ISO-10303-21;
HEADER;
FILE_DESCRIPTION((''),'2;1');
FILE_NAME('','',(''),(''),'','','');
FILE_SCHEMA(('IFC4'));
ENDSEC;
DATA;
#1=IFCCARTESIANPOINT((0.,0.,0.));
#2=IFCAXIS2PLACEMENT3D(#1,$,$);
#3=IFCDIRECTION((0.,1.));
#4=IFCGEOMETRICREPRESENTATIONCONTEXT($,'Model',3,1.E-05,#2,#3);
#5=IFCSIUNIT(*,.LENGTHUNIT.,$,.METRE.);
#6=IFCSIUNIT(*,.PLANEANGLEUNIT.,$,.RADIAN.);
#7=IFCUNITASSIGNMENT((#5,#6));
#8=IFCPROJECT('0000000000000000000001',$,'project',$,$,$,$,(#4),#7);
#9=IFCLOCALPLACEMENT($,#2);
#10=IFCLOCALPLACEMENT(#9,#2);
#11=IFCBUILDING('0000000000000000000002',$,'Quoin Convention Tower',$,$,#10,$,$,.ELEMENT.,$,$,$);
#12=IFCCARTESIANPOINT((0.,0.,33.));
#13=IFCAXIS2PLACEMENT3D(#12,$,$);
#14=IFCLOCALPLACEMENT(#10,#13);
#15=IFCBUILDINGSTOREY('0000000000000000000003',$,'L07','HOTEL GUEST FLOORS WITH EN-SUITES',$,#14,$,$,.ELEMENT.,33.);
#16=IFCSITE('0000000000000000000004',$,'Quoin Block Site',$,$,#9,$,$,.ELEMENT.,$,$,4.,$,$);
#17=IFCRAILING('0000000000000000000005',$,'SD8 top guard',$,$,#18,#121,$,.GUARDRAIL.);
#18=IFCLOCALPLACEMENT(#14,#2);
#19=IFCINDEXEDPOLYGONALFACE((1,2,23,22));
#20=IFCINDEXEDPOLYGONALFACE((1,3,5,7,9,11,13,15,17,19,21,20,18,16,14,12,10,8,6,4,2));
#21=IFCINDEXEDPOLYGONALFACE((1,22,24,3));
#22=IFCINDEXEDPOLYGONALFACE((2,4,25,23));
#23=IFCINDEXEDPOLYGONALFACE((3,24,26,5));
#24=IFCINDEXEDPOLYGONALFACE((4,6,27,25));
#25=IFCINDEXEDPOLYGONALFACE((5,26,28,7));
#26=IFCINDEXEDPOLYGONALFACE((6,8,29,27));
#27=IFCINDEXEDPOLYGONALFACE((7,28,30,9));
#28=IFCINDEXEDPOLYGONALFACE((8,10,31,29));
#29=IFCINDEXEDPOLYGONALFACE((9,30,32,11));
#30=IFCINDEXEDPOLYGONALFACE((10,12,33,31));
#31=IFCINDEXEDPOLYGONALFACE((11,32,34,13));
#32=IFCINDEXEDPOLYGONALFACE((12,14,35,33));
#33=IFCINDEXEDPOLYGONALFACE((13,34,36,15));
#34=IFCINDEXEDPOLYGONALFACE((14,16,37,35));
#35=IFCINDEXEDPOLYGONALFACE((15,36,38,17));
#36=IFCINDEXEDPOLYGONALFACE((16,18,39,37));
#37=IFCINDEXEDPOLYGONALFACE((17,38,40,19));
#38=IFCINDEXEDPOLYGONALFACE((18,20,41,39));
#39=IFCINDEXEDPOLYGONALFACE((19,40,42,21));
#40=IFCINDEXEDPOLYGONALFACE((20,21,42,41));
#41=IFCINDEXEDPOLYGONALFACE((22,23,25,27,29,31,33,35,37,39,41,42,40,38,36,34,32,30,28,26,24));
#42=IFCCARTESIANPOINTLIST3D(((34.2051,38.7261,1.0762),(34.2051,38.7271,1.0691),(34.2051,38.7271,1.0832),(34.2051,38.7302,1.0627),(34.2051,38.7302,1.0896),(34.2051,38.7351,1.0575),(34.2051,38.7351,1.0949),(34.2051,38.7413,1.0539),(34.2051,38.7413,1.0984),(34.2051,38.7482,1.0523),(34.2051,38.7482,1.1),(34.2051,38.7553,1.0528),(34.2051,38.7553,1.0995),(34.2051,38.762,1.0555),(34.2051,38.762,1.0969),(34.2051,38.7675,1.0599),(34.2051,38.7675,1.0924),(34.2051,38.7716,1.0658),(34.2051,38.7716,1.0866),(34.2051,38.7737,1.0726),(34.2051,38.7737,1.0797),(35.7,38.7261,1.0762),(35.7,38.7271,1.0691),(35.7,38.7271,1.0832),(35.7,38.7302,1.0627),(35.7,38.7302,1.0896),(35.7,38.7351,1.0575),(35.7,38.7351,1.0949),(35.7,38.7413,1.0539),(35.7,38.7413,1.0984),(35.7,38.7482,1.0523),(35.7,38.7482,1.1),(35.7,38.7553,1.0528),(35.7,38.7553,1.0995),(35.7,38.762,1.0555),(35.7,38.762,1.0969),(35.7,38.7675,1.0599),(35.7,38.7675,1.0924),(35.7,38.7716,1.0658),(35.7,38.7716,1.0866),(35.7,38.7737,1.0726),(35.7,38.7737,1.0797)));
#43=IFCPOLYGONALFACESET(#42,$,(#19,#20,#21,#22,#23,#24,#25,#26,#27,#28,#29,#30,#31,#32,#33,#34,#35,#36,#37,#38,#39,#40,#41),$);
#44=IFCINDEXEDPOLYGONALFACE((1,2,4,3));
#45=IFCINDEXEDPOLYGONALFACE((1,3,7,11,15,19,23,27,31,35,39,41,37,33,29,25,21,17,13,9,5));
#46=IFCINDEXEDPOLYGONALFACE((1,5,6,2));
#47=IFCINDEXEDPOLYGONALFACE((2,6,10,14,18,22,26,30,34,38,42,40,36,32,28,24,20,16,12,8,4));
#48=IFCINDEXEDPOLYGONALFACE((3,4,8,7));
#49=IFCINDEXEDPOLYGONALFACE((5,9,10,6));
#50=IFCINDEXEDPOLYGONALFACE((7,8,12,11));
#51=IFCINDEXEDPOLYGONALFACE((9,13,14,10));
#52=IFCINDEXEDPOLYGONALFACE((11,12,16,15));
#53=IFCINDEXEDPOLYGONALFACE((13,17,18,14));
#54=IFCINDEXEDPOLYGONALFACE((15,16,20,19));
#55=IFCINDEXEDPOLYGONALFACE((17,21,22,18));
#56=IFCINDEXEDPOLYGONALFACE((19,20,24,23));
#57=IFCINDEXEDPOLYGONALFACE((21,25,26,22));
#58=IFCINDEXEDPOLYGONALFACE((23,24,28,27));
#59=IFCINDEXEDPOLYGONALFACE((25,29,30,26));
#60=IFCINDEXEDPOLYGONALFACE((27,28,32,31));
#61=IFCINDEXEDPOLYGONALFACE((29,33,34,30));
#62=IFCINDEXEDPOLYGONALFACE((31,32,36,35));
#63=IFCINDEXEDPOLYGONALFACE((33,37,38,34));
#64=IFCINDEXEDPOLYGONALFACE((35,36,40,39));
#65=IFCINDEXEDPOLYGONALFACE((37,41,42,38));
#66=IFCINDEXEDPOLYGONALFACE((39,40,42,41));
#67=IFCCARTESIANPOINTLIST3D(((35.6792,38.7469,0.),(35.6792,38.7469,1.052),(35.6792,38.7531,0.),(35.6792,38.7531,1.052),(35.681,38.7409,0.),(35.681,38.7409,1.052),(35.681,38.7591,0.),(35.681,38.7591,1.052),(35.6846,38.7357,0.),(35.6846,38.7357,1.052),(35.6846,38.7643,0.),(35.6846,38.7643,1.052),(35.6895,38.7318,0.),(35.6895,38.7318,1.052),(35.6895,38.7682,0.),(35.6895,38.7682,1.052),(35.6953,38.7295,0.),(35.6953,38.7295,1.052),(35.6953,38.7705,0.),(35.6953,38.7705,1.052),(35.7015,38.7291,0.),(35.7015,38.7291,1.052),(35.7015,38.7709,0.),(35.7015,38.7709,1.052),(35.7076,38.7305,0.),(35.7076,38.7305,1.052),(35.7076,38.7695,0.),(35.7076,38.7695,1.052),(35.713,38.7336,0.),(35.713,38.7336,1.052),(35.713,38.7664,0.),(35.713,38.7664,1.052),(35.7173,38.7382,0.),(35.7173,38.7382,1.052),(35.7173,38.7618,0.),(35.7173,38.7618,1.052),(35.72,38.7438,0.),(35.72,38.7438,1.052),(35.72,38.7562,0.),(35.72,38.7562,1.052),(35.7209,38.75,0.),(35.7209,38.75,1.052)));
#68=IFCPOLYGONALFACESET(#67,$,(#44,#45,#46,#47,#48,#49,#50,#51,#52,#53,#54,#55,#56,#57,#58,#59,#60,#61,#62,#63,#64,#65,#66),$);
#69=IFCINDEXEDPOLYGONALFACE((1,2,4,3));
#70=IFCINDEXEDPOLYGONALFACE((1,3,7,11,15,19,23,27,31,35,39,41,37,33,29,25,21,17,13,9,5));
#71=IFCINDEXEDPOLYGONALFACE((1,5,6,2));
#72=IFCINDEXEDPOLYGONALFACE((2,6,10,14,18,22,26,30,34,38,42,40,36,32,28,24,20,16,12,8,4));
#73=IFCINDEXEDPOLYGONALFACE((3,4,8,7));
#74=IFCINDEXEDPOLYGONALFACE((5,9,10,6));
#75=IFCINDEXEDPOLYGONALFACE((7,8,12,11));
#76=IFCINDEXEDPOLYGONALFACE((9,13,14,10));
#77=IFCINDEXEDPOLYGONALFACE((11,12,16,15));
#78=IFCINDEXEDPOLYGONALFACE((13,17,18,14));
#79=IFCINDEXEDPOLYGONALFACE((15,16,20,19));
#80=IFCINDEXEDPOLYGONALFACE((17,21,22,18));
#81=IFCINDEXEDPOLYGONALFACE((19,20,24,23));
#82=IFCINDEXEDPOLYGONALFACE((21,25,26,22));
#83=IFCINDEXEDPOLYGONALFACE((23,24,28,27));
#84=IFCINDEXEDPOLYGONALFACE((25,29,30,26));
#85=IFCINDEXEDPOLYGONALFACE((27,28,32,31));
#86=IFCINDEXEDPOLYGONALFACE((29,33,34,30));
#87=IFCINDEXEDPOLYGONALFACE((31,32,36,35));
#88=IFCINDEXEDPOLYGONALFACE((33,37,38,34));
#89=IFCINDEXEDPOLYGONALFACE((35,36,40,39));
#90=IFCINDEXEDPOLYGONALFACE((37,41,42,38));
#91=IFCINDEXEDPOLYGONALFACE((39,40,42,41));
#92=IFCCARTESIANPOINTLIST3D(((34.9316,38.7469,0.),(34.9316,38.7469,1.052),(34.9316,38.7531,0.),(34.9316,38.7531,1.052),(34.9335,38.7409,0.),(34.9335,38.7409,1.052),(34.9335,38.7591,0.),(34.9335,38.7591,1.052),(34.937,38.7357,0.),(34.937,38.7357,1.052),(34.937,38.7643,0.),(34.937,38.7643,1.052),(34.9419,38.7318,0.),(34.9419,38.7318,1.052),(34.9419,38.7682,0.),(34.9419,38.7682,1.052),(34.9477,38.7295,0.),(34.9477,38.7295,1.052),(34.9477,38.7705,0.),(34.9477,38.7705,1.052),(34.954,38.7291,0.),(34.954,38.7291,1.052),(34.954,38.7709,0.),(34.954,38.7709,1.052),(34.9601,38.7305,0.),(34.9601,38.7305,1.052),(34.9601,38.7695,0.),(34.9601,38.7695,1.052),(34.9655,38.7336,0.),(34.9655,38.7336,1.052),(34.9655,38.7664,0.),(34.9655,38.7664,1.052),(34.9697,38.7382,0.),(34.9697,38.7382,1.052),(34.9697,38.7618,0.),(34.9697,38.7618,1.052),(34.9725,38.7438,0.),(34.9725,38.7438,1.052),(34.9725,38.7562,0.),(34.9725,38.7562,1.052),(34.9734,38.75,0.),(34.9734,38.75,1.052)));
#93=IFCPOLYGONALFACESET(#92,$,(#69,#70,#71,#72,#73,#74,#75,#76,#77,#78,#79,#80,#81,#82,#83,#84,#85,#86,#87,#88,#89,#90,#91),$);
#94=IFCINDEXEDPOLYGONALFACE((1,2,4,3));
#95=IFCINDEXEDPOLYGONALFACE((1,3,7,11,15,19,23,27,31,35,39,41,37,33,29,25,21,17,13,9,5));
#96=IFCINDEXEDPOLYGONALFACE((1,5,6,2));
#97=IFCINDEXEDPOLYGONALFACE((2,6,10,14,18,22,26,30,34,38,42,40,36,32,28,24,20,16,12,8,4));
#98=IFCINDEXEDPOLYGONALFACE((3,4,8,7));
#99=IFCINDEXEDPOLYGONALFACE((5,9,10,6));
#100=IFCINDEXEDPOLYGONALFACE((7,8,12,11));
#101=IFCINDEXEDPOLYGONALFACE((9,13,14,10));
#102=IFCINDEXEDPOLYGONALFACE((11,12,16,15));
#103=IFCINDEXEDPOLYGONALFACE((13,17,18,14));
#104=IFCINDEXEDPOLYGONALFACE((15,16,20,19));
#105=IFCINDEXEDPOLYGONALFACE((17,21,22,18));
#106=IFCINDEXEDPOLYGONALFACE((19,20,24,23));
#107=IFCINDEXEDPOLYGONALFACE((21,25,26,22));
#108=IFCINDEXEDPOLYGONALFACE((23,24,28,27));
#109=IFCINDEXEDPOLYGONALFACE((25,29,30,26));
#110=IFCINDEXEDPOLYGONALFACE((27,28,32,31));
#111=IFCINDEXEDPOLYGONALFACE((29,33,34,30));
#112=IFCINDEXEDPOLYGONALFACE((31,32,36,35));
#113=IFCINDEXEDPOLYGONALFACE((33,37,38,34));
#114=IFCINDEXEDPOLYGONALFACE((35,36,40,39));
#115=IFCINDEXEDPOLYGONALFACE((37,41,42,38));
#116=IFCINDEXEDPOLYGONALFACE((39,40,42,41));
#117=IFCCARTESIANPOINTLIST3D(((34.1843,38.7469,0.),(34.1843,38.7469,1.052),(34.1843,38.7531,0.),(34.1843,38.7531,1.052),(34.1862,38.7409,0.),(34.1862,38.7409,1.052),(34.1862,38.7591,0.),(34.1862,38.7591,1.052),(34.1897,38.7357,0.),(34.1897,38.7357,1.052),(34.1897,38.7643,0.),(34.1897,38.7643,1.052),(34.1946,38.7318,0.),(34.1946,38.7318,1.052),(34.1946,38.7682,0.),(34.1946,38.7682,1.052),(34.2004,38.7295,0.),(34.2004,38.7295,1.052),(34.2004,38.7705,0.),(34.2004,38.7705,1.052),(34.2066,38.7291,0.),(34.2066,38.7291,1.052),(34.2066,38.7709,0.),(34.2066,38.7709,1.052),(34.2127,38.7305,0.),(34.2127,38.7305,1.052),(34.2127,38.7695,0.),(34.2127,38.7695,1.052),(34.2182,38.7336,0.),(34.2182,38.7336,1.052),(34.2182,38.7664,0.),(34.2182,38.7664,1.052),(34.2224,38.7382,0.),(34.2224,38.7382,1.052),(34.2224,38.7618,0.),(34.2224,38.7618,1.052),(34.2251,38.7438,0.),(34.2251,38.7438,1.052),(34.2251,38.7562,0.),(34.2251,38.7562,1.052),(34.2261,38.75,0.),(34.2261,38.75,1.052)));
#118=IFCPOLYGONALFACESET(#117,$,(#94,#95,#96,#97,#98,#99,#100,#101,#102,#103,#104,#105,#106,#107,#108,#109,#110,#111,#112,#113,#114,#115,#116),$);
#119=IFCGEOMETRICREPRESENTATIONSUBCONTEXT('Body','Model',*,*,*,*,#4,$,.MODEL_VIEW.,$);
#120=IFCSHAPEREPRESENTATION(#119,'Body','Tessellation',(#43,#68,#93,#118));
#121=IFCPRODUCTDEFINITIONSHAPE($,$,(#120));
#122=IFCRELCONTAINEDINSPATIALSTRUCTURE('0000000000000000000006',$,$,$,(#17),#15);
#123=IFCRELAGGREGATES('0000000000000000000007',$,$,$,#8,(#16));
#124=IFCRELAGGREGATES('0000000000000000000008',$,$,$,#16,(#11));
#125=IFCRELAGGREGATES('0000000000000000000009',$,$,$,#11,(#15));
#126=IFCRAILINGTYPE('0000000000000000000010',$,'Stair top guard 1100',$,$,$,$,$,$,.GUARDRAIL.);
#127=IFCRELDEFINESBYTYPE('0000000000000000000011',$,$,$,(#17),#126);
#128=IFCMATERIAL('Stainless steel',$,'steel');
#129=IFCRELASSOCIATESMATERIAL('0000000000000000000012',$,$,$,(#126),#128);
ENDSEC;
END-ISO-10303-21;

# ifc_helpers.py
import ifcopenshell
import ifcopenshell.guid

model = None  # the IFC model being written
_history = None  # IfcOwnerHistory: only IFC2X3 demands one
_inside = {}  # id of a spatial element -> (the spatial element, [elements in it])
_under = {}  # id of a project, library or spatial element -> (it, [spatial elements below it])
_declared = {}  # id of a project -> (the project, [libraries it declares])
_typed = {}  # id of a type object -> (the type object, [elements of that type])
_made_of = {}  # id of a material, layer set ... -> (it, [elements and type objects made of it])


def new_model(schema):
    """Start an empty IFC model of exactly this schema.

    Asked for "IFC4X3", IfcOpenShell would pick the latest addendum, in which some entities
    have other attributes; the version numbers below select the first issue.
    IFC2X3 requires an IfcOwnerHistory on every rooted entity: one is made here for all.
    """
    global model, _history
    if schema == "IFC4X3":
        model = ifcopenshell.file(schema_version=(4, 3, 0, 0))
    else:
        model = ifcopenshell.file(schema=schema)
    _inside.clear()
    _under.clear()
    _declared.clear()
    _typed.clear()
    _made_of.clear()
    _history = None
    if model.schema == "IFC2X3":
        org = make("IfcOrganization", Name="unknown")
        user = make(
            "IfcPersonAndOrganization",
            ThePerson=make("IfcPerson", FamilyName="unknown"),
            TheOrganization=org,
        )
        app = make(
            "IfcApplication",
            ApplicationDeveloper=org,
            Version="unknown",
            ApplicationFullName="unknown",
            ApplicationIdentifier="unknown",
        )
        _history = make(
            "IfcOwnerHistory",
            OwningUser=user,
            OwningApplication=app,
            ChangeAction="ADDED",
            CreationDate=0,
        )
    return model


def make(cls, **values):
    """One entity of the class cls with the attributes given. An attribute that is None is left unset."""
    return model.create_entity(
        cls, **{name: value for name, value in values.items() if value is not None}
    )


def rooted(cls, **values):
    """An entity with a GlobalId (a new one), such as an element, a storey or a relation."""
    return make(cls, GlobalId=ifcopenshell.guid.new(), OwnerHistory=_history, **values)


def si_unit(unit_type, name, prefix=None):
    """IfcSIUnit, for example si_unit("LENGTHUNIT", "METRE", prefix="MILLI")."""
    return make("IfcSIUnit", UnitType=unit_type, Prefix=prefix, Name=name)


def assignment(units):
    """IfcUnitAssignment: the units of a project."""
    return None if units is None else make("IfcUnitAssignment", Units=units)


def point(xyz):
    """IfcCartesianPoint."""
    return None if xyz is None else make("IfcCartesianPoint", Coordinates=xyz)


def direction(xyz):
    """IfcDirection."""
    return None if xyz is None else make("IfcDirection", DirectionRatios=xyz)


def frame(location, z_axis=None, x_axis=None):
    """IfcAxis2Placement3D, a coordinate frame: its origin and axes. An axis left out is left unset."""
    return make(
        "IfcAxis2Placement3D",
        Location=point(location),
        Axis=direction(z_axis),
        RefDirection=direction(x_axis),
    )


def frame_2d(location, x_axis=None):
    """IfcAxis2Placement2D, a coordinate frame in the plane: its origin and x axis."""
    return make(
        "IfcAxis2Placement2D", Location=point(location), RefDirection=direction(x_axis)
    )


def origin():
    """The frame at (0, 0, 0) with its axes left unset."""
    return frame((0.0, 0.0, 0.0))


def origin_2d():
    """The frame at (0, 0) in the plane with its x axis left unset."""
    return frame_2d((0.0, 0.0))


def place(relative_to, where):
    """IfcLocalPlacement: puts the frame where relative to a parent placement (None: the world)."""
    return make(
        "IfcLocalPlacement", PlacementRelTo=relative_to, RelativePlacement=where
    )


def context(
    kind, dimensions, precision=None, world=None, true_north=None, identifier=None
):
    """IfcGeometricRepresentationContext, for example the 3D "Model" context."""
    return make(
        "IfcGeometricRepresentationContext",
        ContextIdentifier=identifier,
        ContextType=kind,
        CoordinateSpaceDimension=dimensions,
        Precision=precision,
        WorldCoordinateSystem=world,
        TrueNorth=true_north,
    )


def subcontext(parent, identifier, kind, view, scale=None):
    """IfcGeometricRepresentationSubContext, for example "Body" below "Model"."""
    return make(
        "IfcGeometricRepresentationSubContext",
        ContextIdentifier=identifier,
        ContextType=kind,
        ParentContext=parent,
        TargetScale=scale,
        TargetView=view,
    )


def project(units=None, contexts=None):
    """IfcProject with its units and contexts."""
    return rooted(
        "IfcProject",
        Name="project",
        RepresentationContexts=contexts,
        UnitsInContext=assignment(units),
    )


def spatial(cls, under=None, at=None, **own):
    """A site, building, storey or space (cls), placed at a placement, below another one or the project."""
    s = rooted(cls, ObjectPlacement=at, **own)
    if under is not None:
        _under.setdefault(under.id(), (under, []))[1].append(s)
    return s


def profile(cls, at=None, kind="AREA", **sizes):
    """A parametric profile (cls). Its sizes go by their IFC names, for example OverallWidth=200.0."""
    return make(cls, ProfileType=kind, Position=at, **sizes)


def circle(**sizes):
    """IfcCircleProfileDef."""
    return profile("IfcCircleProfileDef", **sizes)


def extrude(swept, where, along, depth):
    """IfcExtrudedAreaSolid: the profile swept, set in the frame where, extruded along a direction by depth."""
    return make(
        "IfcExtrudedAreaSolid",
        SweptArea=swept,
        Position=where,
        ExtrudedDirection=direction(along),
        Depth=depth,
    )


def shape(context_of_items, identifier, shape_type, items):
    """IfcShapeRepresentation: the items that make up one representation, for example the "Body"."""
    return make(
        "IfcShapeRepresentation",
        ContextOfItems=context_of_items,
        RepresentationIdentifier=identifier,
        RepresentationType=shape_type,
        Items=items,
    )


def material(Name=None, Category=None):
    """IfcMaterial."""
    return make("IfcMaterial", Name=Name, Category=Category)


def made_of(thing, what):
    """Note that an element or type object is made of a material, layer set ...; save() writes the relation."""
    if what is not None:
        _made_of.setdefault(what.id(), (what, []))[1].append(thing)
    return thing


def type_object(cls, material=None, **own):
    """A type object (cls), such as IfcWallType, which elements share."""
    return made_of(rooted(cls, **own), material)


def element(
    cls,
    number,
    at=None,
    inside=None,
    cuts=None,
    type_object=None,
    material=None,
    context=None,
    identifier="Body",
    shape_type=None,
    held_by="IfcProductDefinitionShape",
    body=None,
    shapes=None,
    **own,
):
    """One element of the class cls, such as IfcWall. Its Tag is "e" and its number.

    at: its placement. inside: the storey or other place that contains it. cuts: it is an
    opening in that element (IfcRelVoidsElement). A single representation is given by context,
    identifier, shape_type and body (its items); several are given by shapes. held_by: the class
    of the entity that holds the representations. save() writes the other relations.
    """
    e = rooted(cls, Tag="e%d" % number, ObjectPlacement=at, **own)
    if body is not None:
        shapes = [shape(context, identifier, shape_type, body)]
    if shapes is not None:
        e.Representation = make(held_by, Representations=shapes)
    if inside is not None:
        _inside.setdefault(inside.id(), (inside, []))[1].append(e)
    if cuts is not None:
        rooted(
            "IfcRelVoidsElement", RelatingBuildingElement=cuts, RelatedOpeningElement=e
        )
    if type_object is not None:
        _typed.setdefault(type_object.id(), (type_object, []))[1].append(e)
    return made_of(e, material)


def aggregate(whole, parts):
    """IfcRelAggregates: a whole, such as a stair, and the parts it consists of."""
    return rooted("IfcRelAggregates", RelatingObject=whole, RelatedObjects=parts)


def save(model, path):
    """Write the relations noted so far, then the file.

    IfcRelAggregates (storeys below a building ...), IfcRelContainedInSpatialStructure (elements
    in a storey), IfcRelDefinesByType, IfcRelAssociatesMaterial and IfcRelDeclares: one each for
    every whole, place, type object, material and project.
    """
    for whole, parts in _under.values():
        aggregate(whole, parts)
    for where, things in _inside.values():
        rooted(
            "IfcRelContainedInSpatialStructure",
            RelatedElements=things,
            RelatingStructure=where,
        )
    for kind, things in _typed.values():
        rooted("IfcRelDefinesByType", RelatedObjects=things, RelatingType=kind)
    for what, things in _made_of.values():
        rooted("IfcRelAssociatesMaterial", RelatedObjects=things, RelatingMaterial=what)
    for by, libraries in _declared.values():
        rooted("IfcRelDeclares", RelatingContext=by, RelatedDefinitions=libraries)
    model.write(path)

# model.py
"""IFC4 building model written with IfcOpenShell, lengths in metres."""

from ifc_helpers import new_model, si_unit, direction, frame, origin, origin_2d, place, context, subcontext, project, spatial, circle, extrude, material, type_object, element, save


model = new_model("IFC4")

# Units and contexts
model_context = context("Model", 3, precision=1e-05, world=origin(), true_north=direction((0.0, 1.0)))
body_context = subcontext(model_context, "Body", "Model", "MODEL_VIEW")
ifc_project = project(units=[si_unit("LENGTHUNIT", "METRE"), si_unit("PLANEANGLEUNIT", "RADIAN")], contexts=[model_context])

# Site, building, storey
site_placement = place(None, origin())
site = spatial("IfcSite", under=ifc_project, at=site_placement, Name="Quoin Block Site", CompositionType="ELEMENT", RefElevation=4.0)
building_placement = place(site_placement, origin())
building = spatial("IfcBuilding", under=site, at=building_placement, Name="Quoin Convention Tower", CompositionType="ELEMENT")
storey_placement = place(building_placement, frame((0.0, 0.0, 33.0)))
storey = spatial("IfcBuildingStorey", under=building, at=storey_placement, Name="L07", Description="HOTEL GUEST FLOORS WITH EN-SUITES", CompositionType="ELEMENT", Elevation=33.0)

# Railing
ifc_material_1 = material(Name="Stainless steel", Category="steel")
railing_type_1 = type_object("IfcRailingType", Name="Stair top guard 1100", PredefinedType="GUARDRAIL", material=ifc_material_1)
railing_1_placement = place(storey_placement, frame((35.7, 38.75, 0.0)))
element("IfcRailing", 1, at=railing_1_placement, inside=storey, type_object=railing_type_1, Name="SD8 top guard", PredefinedType="GUARDRAIL", context=body_context, shape_type="SweptSolid", body=[
    extrude(circle(Radius=0.0239, at=origin_2d()), frame((0.0, 0.0, 1.0762), z_axis=(-1.0, 0.0, 0.0), x_axis=(0.0, -1.0, 0.0)), (0.0, 0.0, 1.0), 1.4949),
    extrude(circle(Radius=0.021, at=origin_2d()), origin(), (0.0, 0.0, 1.0), 1.052),
    extrude(circle(Radius=0.021, at=origin_2d()), frame((-0.7476, 0.0, 0.0)), (0.0, 0.0, 1.0), 1.052),
    extrude(circle(Radius=0.021, at=origin_2d()), frame((-1.4949, 0.0, 0.0)), (0.0, 0.0, 1.0), 1.052),
])

save(model, "model.ifc")
